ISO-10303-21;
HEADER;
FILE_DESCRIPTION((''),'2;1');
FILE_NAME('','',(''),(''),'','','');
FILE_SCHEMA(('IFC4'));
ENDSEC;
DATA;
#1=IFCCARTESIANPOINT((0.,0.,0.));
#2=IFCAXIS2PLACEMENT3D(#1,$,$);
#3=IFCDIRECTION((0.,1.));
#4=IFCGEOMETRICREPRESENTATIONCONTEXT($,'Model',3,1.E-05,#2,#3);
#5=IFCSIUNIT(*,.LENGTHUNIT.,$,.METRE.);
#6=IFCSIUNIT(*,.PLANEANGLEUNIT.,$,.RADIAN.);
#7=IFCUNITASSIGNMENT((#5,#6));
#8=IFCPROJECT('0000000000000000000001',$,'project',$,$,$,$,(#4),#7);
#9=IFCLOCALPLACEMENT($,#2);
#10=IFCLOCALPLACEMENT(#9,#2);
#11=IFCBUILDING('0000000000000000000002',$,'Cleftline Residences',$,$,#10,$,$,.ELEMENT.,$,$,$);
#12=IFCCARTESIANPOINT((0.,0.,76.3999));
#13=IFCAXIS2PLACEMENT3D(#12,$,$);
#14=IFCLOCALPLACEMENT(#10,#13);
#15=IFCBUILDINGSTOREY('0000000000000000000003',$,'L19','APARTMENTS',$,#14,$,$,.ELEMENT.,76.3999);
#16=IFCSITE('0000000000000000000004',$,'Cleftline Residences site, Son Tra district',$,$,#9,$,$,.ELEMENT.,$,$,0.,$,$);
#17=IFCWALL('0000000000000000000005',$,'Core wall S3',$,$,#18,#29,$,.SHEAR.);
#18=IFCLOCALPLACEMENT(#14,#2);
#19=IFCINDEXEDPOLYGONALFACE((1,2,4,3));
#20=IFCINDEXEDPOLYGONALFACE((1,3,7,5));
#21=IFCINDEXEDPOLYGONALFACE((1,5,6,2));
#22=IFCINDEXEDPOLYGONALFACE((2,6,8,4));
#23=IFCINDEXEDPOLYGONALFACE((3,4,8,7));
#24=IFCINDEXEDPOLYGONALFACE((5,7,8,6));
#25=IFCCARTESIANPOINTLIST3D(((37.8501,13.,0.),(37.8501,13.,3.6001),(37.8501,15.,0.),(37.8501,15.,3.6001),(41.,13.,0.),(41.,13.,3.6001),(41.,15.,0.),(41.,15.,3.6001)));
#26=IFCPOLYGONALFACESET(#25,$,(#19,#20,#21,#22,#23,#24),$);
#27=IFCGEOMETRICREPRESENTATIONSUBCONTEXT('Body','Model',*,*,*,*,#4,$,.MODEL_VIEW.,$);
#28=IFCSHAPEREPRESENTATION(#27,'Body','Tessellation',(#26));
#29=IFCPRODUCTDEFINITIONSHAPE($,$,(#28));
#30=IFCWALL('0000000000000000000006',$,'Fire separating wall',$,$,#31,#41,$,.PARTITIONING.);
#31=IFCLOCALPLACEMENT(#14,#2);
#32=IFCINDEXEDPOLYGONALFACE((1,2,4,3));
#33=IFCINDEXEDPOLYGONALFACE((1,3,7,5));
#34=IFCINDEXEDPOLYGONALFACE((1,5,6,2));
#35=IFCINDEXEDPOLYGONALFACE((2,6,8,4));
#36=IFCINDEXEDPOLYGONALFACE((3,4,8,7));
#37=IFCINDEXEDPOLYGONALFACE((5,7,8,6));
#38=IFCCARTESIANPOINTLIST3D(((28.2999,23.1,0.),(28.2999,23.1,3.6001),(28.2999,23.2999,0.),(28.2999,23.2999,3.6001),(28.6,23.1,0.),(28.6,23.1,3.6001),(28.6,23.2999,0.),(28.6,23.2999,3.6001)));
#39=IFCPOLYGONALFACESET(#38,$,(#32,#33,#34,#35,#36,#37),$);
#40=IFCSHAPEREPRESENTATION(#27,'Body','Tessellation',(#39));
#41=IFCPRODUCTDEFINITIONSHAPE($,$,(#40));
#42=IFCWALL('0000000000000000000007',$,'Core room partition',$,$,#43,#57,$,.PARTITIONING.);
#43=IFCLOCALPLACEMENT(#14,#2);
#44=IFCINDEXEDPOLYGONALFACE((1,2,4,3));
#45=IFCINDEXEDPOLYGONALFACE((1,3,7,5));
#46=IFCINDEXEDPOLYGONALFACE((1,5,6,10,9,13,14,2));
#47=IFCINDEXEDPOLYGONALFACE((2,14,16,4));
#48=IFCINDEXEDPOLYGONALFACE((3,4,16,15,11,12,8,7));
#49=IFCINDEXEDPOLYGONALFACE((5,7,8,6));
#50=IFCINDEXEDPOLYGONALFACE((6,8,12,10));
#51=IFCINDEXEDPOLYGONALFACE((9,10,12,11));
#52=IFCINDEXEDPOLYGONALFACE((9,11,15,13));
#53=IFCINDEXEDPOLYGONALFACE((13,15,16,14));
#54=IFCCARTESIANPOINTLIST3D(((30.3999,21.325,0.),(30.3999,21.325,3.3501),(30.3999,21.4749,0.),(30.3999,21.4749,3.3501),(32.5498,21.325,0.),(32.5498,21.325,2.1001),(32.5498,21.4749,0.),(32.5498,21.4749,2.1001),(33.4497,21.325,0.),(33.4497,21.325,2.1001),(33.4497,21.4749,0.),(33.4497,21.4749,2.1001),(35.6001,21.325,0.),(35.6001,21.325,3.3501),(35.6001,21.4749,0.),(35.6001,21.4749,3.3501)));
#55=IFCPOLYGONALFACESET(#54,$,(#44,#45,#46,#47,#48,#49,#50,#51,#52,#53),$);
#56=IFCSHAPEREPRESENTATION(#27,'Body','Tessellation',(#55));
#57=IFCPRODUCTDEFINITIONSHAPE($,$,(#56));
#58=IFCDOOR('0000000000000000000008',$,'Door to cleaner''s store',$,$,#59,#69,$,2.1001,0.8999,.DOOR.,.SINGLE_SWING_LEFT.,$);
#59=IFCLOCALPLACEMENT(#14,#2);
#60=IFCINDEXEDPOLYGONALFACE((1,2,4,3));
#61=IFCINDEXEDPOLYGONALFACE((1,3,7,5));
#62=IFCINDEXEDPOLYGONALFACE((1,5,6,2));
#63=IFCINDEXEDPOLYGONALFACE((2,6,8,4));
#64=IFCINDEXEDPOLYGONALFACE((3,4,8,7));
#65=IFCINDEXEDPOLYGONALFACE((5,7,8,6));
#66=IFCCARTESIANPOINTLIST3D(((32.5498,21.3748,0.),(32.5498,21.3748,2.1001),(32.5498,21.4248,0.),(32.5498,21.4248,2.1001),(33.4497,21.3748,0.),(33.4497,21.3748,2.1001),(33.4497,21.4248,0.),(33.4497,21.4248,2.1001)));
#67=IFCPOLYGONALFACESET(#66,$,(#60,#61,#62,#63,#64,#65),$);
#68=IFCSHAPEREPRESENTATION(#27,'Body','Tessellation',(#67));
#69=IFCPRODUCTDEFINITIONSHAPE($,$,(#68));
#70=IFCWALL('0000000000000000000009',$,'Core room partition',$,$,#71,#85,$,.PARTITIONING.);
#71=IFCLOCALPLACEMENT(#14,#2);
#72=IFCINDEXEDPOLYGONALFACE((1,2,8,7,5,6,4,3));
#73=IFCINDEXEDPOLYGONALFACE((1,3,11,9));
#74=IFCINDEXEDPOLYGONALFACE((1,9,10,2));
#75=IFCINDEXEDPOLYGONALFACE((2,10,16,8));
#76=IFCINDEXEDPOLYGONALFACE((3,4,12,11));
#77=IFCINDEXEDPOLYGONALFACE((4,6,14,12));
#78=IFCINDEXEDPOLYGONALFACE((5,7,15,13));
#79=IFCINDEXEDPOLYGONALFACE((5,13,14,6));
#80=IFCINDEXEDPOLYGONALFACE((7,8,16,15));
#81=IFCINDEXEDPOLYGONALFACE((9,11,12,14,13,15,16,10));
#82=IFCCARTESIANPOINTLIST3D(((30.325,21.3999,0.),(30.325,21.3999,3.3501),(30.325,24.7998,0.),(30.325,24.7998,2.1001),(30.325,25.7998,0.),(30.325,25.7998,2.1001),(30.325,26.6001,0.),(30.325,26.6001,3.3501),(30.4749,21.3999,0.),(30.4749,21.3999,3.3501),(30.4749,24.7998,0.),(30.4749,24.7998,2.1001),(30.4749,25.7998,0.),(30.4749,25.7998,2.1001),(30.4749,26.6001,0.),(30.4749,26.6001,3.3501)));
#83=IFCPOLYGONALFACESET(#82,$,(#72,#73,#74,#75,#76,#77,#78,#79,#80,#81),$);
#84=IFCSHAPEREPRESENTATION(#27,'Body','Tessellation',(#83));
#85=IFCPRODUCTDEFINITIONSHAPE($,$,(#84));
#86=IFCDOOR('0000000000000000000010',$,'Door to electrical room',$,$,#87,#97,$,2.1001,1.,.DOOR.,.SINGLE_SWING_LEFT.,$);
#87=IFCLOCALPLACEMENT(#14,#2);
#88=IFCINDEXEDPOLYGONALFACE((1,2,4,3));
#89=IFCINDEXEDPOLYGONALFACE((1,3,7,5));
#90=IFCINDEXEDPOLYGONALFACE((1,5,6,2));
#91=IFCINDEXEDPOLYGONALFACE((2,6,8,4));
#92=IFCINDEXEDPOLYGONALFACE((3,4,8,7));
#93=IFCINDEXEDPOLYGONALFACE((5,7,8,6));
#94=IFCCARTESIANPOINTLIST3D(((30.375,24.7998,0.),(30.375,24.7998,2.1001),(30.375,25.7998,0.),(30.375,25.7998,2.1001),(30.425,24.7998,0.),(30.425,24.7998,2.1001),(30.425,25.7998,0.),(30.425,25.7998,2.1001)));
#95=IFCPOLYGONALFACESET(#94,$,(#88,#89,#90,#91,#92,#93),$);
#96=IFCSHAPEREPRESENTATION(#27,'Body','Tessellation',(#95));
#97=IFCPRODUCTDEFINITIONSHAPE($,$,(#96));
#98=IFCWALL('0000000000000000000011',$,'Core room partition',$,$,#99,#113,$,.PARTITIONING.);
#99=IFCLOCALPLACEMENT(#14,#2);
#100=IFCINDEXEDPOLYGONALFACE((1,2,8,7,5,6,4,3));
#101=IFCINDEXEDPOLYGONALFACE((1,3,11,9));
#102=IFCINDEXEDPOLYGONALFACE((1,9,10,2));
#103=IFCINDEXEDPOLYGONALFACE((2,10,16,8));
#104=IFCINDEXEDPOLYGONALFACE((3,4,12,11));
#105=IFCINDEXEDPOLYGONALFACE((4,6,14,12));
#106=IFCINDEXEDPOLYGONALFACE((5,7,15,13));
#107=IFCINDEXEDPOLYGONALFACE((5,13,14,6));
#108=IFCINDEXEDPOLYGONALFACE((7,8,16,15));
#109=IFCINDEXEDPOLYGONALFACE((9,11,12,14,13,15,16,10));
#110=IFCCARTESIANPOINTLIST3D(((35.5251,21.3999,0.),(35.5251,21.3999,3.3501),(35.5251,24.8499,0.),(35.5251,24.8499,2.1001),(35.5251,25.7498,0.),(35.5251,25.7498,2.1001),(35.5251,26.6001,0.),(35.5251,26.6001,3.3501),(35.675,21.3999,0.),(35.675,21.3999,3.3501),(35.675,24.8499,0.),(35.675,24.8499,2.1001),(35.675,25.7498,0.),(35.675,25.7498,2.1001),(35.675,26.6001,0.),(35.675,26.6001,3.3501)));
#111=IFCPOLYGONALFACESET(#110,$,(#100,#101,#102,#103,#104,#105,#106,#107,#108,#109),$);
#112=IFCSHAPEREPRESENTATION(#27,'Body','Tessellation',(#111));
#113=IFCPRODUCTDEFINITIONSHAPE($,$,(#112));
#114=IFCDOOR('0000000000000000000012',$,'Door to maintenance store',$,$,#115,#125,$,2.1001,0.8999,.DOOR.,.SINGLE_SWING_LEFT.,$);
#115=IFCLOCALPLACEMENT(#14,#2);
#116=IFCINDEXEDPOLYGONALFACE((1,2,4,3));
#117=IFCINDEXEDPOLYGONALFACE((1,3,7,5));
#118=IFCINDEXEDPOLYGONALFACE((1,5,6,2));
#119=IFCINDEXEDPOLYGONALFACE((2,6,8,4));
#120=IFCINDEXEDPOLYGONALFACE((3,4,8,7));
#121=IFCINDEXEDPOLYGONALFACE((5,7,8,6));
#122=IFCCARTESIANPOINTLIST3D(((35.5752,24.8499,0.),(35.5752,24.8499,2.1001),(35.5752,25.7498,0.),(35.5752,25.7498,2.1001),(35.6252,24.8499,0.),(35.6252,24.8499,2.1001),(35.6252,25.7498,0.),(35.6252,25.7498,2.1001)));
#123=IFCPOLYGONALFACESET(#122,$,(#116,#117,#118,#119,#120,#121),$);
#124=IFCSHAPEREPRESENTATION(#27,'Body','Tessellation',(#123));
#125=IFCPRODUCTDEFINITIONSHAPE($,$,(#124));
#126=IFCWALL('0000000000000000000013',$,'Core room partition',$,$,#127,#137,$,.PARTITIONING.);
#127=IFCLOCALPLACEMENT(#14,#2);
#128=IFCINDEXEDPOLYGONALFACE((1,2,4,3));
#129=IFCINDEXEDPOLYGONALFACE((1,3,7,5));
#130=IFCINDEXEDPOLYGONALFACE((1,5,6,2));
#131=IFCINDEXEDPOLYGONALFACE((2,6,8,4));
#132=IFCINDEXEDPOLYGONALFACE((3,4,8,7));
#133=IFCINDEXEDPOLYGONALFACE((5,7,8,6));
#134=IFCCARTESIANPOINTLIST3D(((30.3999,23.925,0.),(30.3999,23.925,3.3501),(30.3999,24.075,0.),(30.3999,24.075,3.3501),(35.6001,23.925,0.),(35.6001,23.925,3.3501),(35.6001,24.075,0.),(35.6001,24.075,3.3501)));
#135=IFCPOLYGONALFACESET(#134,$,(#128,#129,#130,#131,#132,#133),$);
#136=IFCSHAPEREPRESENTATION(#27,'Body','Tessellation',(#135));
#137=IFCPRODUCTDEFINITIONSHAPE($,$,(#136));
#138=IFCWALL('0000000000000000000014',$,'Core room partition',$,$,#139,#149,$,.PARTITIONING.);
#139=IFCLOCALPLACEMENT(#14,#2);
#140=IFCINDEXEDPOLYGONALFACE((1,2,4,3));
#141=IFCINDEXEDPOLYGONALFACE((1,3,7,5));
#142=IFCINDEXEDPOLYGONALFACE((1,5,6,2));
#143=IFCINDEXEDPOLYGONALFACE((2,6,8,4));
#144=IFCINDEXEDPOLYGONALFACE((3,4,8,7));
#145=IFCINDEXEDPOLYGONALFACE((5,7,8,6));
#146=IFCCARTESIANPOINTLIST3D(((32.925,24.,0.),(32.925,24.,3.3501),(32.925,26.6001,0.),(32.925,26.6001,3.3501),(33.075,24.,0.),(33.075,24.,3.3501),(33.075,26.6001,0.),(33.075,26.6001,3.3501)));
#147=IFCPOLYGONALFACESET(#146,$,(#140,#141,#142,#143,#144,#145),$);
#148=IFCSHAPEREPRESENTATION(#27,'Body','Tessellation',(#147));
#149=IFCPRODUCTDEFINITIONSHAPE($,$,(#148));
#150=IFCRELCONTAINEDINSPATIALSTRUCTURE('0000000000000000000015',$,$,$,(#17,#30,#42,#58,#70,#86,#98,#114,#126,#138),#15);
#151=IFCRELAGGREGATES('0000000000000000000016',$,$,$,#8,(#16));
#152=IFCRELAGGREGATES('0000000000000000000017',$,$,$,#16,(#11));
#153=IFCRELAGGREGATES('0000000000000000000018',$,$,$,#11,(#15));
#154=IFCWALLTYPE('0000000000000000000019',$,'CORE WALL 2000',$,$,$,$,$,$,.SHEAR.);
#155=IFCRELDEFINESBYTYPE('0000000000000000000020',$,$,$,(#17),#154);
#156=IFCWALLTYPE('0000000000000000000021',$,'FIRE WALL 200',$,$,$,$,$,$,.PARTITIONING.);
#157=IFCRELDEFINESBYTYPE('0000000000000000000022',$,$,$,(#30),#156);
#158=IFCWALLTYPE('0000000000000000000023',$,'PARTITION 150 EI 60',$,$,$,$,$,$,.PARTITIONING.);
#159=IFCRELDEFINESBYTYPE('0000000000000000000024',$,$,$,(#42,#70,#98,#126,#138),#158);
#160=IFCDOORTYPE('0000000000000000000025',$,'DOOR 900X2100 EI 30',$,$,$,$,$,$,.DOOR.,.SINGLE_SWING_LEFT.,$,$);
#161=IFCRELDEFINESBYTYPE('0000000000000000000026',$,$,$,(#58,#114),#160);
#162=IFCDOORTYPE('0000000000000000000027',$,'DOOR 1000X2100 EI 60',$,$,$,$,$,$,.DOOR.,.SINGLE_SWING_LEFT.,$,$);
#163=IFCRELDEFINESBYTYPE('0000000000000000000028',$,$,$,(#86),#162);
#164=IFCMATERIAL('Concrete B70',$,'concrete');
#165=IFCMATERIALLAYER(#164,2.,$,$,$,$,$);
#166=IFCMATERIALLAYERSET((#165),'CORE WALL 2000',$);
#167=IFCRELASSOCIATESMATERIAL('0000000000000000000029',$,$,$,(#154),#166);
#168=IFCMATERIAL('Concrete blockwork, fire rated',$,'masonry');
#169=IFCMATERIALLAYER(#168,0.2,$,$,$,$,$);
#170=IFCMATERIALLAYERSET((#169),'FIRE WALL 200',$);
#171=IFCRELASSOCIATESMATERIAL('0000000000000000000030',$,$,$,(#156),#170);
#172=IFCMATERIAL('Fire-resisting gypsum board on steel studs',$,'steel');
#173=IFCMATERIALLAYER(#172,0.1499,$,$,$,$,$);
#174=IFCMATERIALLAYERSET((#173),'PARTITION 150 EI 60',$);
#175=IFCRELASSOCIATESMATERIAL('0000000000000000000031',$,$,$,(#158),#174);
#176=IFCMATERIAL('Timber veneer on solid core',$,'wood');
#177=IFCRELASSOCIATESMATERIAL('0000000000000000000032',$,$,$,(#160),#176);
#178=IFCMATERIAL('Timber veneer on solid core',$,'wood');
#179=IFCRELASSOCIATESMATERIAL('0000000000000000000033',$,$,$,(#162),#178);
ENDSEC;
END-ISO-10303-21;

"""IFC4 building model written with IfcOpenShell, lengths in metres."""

from ifc_helpers import new_model, si_unit, direction, frame, frame_2d, origin, place, context, subcontext, project, spatial, rectangle, extrude, material, layer, layer_set, type_object, element, fill, save


model = new_model("IFC4")

# Units and contexts
model_context = context("Model", 3, precision=1e-05, world=origin(), true_north=direction((0.0, 1.0)))
body_context = subcontext(model_context, "Body", "Model", "MODEL_VIEW")
ifc_project = project(units=[si_unit("LENGTHUNIT", "METRE"), si_unit("PLANEANGLEUNIT", "RADIAN")], contexts=[model_context])

# Site, building, storey
site_placement = place(None, origin())
site = spatial("IfcSite", under=ifc_project, at=site_placement, Name="Cleftline Residences site, Son Tra district", CompositionType="ELEMENT", RefElevation=0.0)
building_placement = place(site_placement, origin())
building = spatial("IfcBuilding", under=site, at=building_placement, Name="Cleftline Residences", CompositionType="ELEMENT")
storey_placement = place(building_placement, frame((0.0, 0.0, 76.3999)))
storey = spatial("IfcBuildingStorey", under=building, at=storey_placement, Name="L19", Description="APARTMENTS", CompositionType="ELEMENT", Elevation=76.3999)

# Walls
ifc_material_1 = material(Name="Concrete B70", Category="concrete")
ifc_layer_1 = layer(ifc_material_1, 2.0)
ifc_layer_set_1 = layer_set([ifc_layer_1], Name="CORE WALL 2000")
wall_type_1 = type_object("IfcWallType", Name="CORE WALL 2000", PredefinedType="SHEAR", material=ifc_layer_set_1)
wall_1_placement = place(storey_placement, frame((37.8501, 14.0, 0.0), z_axis=(0.0, 0.0, 1.0), x_axis=(1.0, 0.0, 0.0)))
element("IfcWall", 1, at=wall_1_placement, inside=storey, type_object=wall_type_1, Name="Core wall S3", PredefinedType="SHEAR", context=body_context, shape_type="SweptSolid", body=[
    extrude(rectangle(XDim=3.1499, YDim=2.0, at=frame_2d((1.575, 0.0))), origin(), (0.0, 0.0, 1.0), 3.6001),
])
ifc_material_2 = material(Name="Concrete blockwork, fire rated", Category="masonry")
ifc_layer_2 = layer(ifc_material_2, 0.2)
ifc_layer_set_2 = layer_set([ifc_layer_2], Name="FIRE WALL 200")
wall_type_2 = type_object("IfcWallType", Name="FIRE WALL 200", PredefinedType="PARTITIONING", material=ifc_layer_set_2)
wall_2_placement = place(storey_placement, frame((28.3, 23.2, 0.0), z_axis=(0.0, 0.0, 1.0), x_axis=(1.0, 0.0, 0.0)))
element("IfcWall", 2, at=wall_2_placement, inside=storey, type_object=wall_type_2, Name="Fire separating wall", PredefinedType="PARTITIONING", context=body_context, shape_type="SweptSolid", body=[
    extrude(rectangle(XDim=0.3, YDim=0.2, at=frame_2d((0.1499, 0.0))), origin(), (0.0, 0.0, 1.0), 3.6001),
])

# Walls, openings, doors
ifc_material_3 = material(Name="Fire-resisting gypsum board on steel studs", Category="steel")
ifc_layer_3 = layer(ifc_material_3, 0.1499)
ifc_layer_set_3 = layer_set([ifc_layer_3], Name="PARTITION 150 EI 60")
wall_type_3 = type_object("IfcWallType", Name="PARTITION 150 EI 60", PredefinedType="PARTITIONING", material=ifc_layer_set_3)
wall_3_placement = place(storey_placement, frame((30.3999, 21.3999, 0.0), z_axis=(0.0, 0.0, 1.0), x_axis=(1.0, 0.0, 0.0)))
wall_3 = element("IfcWall", 3, at=wall_3_placement, inside=storey, type_object=wall_type_3, Name="Core room partition", PredefinedType="PARTITIONING", context=body_context, shape_type="SweptSolid", body=[
    extrude(rectangle(XDim=5.2002, YDim=0.1499, at=frame_2d((2.6001, 0.0))), origin(), (0.0, 0.0, 1.0), 3.3501),
])
opening_1_placement = place(wall_3_placement, frame((2.1499, 0.0, 0.0)))
opening_1 = element("IfcOpeningElement", 4, at=opening_1_placement, cuts=wall_3, PredefinedType="OPENING", context=body_context, shape_type="SweptSolid", body=[
    extrude(rectangle(XDim=0.8999, YDim=2.1001, at=frame_2d((0.45, 1.05))), frame((0.0, 0.085, 0.0), z_axis=(0.0, -1.0, 0.0), x_axis=(1.0, 0.0, 0.0)), (0.0, 0.0, 1.0), 0.1699),
])
ifc_material_4 = material(Name="Timber veneer on solid core", Category="wood")
door_type_1 = type_object("IfcDoorType", Name="DOOR 900X2100 EI 30", OperationType="SINGLE_SWING_LEFT", PredefinedType="DOOR", material=ifc_material_4)
door_1_placement = place(opening_1_placement, origin())
door_1 = element("IfcDoor", 5, at=door_1_placement, inside=storey, type_object=door_type_1, Name="Door to cleaner's store", OperationType="SINGLE_SWING_LEFT", OverallHeight=2.1001, OverallWidth=0.8999, PredefinedType="DOOR", context=body_context, shape_type="SweptSolid", body=[
    extrude(rectangle(XDim=0.8999, YDim=2.1001, at=frame_2d((0.45, 1.05))), frame((0.0, 0.0249, 0.0), z_axis=(0.0, -1.0, 0.0), x_axis=(1.0, 0.0, 0.0)), (0.0, 0.0, 1.0), 0.05),
])
fill(opening_1, door_1)
wall_4_placement = place(storey_placement, frame((30.3999, 21.3999, 0.0), z_axis=(0.0, 0.0, 1.0), x_axis=(0.0, 1.0, 0.0)))
wall_4 = element("IfcWall", 6, at=wall_4_placement, inside=storey, type_object=wall_type_3, Name="Core room partition", PredefinedType="PARTITIONING", context=body_context, shape_type="SweptSolid", body=[
    extrude(rectangle(XDim=5.2002, YDim=0.1499, at=frame_2d((2.6001, 0.0))), origin(), (0.0, 0.0, 1.0), 3.3501),
])
opening_2_placement = place(wall_4_placement, frame((3.3999, 0.0, 0.0)))
opening_2 = element("IfcOpeningElement", 7, at=opening_2_placement, cuts=wall_4, PredefinedType="OPENING", context=body_context, shape_type="SweptSolid", body=[
    extrude(rectangle(XDim=1.0, YDim=2.1001, at=frame_2d((0.5, 1.05))), frame((0.0, 0.085, 0.0), z_axis=(0.0, -1.0, 0.0), x_axis=(1.0, 0.0, 0.0)), (0.0, 0.0, 1.0), 0.1699),
])
ifc_material_5 = material(Name="Timber veneer on solid core", Category="wood")
door_type_2 = type_object("IfcDoorType", Name="DOOR 1000X2100 EI 60", OperationType="SINGLE_SWING_LEFT", PredefinedType="DOOR", material=ifc_material_5)
door_2_placement = place(opening_2_placement, origin())
door_2 = element("IfcDoor", 8, at=door_2_placement, inside=storey, type_object=door_type_2, Name="Door to electrical room", OperationType="SINGLE_SWING_LEFT", OverallHeight=2.1001, OverallWidth=1.0, PredefinedType="DOOR", context=body_context, shape_type="SweptSolid", body=[
    extrude(rectangle(XDim=1.0, YDim=2.1001, at=frame_2d((0.5, 1.05))), frame((0.0, 0.0249, 0.0), z_axis=(0.0, -1.0, 0.0), x_axis=(1.0, 0.0, 0.0)), (0.0, 0.0, 1.0), 0.05),
])
fill(opening_2, door_2)
wall_5_placement = place(storey_placement, frame((35.6001, 21.3999, 0.0), z_axis=(0.0, 0.0, 1.0), x_axis=(0.0, 1.0, 0.0)))
wall_5 = element("IfcWall", 9, at=wall_5_placement, inside=storey, type_object=wall_type_3, Name="Core room partition", PredefinedType="PARTITIONING", context=body_context, shape_type="SweptSolid", body=[
    extrude(rectangle(XDim=5.2002, YDim=0.1499, at=frame_2d((2.6001, 0.0))), origin(), (0.0, 0.0, 1.0), 3.3501),
])
opening_3_placement = place(wall_5_placement, frame((3.45, 0.0, 0.0)))
opening_3 = element("IfcOpeningElement", 10, at=opening_3_placement, cuts=wall_5, PredefinedType="OPENING", context=body_context, shape_type="SweptSolid", body=[
    extrude(rectangle(XDim=0.8999, YDim=2.1001, at=frame_2d((0.45, 1.05))), frame((0.0, 0.085, 0.0), z_axis=(0.0, -1.0, 0.0), x_axis=(1.0, 0.0, 0.0)), (0.0, 0.0, 1.0), 0.1699),
])
door_3_placement = place(opening_3_placement, origin())
door_3 = element("IfcDoor", 11, at=door_3_placement, inside=storey, type_object=door_type_1, Name="Door to maintenance store", OperationType="SINGLE_SWING_LEFT", OverallHeight=2.1001, OverallWidth=0.8999, PredefinedType="DOOR", context=body_context, shape_type="SweptSolid", body=[
    extrude(rectangle(XDim=0.8999, YDim=2.1001, at=frame_2d((0.45, 1.05))), frame((0.0, 0.0249, 0.0), z_axis=(0.0, -1.0, 0.0), x_axis=(1.0, 0.0, 0.0)), (0.0, 0.0, 1.0), 0.05),
])
fill(opening_3, door_3)

# Walls
wall_6_placement = place(storey_placement, frame((30.3999, 24.0, 0.0), z_axis=(0.0, 0.0, 1.0), x_axis=(1.0, 0.0, 0.0)))
element("IfcWall", 12, at=wall_6_placement, inside=storey, type_object=wall_type_3, Name="Core room partition", PredefinedType="PARTITIONING", context=body_context, shape_type="SweptSolid", body=[
    extrude(rectangle(XDim=5.2002, YDim=0.1499, at=frame_2d((2.6001, 0.0))), origin(), (0.0, 0.0, 1.0), 3.3501),
])
wall_7_placement = place(storey_placement, frame((33.0, 24.0, 0.0), z_axis=(0.0, 0.0, 1.0), x_axis=(0.0, 1.0, 0.0)))
element("IfcWall", 13, at=wall_7_placement, inside=storey, type_object=wall_type_3, Name="Core room partition", PredefinedType="PARTITIONING", context=body_context, shape_type="SweptSolid", body=[
    extrude(rectangle(XDim=2.6001, YDim=0.1499, at=frame_2d((1.3, 0.0))), origin(), (0.0, 0.0, 1.0), 3.3501),
])

save(model, "model.ifc")
